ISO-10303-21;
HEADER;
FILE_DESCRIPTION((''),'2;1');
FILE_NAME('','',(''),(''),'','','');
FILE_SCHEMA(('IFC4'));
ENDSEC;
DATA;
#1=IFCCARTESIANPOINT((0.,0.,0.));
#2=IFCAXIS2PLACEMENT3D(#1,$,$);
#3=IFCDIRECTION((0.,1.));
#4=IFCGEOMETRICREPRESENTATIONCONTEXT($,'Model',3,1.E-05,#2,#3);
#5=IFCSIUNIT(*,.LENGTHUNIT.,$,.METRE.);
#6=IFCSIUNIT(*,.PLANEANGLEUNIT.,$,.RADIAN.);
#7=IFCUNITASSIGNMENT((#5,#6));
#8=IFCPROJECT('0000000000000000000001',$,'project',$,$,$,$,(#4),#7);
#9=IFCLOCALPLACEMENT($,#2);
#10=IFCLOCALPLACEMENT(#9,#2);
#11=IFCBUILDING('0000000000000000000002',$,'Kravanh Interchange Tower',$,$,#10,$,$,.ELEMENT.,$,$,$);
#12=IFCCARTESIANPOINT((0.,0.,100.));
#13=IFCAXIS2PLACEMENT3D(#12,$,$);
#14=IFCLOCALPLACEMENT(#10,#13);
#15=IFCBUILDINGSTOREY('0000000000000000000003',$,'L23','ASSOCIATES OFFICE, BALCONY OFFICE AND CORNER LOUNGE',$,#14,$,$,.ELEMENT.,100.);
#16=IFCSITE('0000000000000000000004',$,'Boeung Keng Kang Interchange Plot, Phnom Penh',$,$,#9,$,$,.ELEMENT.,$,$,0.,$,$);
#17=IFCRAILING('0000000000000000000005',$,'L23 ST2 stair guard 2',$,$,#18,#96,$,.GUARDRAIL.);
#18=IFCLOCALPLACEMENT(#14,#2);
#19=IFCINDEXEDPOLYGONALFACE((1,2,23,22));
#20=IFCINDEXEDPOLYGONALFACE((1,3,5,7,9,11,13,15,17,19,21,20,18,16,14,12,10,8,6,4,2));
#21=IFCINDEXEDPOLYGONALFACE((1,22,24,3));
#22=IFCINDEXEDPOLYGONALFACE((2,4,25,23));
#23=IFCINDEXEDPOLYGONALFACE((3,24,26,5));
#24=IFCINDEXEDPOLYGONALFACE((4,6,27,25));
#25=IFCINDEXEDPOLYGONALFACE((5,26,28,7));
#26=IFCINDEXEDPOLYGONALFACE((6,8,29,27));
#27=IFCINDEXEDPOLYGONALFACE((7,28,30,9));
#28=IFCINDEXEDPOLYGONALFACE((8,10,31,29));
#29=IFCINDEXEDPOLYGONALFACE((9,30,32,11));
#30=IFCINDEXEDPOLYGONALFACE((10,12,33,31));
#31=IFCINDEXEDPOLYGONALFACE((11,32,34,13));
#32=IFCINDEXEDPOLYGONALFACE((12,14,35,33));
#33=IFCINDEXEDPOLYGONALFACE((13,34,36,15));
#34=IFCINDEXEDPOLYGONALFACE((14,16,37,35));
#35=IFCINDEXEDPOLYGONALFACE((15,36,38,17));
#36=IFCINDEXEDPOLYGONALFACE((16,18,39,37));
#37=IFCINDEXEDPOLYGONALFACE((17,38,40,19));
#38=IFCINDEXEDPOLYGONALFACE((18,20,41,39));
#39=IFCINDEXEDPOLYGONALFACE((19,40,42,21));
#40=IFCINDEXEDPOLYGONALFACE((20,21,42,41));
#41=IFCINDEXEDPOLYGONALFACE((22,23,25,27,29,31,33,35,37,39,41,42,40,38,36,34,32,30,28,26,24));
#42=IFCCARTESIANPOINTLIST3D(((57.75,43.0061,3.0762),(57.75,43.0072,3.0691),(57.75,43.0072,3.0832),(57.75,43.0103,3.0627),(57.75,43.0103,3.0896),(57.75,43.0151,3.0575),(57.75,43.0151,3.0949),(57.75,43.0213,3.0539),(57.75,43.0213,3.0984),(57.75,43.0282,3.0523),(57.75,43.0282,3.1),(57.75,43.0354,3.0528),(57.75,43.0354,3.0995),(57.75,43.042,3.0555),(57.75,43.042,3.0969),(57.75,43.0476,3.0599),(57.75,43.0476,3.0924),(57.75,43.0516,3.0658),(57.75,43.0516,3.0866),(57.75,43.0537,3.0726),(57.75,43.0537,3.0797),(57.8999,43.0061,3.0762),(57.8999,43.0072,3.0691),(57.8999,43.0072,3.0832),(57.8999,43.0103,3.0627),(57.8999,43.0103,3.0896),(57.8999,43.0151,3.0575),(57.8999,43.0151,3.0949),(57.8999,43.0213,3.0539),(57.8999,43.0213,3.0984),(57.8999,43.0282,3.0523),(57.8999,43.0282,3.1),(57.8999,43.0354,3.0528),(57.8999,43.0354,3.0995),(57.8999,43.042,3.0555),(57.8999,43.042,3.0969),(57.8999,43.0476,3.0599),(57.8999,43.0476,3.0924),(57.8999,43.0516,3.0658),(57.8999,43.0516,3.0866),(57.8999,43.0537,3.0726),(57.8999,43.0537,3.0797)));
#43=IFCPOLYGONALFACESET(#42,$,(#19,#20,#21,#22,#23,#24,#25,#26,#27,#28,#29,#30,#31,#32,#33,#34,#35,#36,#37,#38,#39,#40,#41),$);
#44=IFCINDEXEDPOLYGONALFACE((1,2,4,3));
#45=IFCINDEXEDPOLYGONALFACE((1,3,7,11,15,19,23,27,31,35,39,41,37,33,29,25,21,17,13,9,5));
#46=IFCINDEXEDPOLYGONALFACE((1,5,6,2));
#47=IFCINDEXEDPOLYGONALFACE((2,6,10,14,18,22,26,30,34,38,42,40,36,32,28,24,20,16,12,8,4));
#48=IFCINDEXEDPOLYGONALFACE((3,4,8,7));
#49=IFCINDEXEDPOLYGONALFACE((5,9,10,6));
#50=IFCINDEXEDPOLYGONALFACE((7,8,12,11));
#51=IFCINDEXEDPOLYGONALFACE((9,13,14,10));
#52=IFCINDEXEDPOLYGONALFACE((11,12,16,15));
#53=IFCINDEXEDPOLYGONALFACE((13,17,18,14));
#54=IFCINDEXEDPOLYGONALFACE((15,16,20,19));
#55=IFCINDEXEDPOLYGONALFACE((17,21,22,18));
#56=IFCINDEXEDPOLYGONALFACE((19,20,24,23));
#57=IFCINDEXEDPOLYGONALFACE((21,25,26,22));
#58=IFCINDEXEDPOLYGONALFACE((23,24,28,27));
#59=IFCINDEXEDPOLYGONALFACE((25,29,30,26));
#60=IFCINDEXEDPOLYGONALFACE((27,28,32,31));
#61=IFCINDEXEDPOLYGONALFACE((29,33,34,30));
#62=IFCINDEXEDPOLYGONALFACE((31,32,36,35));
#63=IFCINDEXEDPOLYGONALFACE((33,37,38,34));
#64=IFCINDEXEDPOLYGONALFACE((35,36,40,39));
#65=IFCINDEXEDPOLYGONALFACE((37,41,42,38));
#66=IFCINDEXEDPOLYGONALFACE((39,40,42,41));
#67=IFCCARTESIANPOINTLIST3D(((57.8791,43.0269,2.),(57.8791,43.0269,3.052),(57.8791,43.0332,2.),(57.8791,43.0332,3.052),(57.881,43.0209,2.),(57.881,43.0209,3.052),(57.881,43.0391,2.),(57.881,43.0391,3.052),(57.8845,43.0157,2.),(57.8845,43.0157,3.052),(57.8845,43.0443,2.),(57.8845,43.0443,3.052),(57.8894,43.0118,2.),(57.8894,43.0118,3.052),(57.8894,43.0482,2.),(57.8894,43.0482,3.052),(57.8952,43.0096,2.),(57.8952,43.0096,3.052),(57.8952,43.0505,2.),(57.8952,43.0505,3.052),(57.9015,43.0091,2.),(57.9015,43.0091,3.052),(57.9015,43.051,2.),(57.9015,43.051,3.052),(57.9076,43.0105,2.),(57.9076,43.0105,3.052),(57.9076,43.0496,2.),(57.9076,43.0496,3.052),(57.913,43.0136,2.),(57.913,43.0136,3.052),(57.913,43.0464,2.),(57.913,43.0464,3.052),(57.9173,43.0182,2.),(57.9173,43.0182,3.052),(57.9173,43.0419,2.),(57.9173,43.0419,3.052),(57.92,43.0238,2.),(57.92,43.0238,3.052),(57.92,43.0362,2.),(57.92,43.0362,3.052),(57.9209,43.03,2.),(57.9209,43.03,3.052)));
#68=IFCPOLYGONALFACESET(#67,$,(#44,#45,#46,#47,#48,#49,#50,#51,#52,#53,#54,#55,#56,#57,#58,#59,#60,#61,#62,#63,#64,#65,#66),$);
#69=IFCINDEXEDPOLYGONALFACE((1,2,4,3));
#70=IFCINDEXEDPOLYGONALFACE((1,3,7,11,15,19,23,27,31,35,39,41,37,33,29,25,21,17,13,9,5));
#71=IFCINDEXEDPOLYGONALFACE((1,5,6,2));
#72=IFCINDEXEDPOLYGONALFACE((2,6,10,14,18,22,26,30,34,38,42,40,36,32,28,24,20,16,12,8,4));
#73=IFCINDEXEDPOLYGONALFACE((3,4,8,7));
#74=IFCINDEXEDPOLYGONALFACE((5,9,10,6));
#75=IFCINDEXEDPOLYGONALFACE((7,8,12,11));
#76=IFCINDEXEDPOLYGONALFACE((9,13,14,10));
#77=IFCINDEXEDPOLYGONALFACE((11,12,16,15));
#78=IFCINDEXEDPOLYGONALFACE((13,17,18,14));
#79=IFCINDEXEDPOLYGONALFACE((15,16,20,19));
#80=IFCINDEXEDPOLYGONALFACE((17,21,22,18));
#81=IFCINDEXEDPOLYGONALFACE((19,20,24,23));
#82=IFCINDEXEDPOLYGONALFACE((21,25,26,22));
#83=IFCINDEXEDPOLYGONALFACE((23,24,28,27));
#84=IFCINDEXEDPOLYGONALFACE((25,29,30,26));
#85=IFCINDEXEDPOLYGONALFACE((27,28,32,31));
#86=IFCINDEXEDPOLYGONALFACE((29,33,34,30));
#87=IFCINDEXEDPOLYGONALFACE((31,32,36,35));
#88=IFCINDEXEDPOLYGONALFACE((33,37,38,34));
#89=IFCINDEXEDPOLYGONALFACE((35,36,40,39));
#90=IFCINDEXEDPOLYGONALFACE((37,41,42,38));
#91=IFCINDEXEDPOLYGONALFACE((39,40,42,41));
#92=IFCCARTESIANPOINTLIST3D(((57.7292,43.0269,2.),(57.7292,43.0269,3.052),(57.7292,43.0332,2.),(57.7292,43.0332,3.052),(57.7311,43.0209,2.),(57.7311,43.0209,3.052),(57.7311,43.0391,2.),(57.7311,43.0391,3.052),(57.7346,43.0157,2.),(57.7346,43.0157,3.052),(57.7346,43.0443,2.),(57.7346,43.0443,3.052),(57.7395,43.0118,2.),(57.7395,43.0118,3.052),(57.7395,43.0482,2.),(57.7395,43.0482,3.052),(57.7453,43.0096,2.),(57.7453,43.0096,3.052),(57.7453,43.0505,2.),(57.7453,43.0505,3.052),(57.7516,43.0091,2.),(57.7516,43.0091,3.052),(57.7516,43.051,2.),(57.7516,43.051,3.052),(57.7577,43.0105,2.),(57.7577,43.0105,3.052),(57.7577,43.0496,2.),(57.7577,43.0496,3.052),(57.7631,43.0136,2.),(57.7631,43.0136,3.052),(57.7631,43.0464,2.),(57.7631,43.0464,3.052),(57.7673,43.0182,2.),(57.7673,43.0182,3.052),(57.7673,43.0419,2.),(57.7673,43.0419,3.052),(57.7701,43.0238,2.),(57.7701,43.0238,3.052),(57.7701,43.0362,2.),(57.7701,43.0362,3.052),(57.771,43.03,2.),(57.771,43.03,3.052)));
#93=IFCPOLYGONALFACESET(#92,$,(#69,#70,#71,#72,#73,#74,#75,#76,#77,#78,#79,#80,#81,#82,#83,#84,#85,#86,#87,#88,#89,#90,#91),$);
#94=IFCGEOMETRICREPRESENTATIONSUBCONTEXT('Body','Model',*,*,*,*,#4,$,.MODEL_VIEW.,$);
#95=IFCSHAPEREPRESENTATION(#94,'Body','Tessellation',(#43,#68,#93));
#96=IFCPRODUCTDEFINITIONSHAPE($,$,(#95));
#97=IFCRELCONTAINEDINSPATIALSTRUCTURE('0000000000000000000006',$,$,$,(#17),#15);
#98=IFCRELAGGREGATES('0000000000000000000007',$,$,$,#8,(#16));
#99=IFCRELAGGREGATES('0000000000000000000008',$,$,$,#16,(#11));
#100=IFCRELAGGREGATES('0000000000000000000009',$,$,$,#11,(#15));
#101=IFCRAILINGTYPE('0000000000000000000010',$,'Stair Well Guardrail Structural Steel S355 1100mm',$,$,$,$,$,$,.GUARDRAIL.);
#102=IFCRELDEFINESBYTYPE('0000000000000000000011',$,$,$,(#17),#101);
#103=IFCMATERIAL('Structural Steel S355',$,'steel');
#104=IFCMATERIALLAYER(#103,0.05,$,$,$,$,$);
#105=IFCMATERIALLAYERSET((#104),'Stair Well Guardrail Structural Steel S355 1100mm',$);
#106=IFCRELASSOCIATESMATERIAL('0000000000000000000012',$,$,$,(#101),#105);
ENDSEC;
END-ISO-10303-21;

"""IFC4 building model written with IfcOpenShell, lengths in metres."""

from ifc_helpers import new_model, si_unit, direction, frame, origin, origin_2d, place, context, subcontext, project, spatial, circle, extrude, material, layer, layer_set, type_object, element, save


model = new_model("IFC4")

# Units and contexts
model_context = context("Model", 3, precision=1e-05, world=origin(), true_north=direction((0.0, 1.0)))
body_context = subcontext(model_context, "Body", "Model", "MODEL_VIEW")
ifc_project = project(units=[si_unit("LENGTHUNIT", "METRE"), si_unit("PLANEANGLEUNIT", "RADIAN")], contexts=[model_context])

# Site, building, storey
site_placement = place(None, origin())
site = spatial("IfcSite", under=ifc_project, at=site_placement, Name="Boeung Keng Kang Interchange Plot, Phnom Penh", CompositionType="ELEMENT", RefElevation=0.0)
building_placement = place(site_placement, origin())
building = spatial("IfcBuilding", under=site, at=building_placement, Name="Kravanh Interchange Tower", CompositionType="ELEMENT")
storey_placement = place(building_placement, frame((0.0, 0.0, 100.0)))
storey = spatial("IfcBuildingStorey", under=building, at=storey_placement, Name="L23", Description="ASSOCIATES OFFICE, BALCONY OFFICE AND CORNER LOUNGE", CompositionType="ELEMENT", Elevation=100.0)

# Railing
ifc_material_1 = material(Name="Structural Steel S355", Category="steel")
ifc_layer_1 = layer(ifc_material_1, 0.05)
ifc_layer_set_1 = layer_set([ifc_layer_1], Name="Stair Well Guardrail Structural Steel S355 1100mm")
railing_type_1 = type_object("IfcRailingType", Name="Stair Well Guardrail Structural Steel S355 1100mm", PredefinedType="GUARDRAIL", material=ifc_layer_set_1)
railing_1_placement = place(storey_placement, frame((57.8999, 43.03, 2.0)))
element("IfcRailing", 1, at=railing_1_placement, inside=storey, type_object=railing_type_1, Name="L23 ST2 stair guard 2", PredefinedType="GUARDRAIL", context=body_context, shape_type="SweptSolid", body=[
    extrude(circle(Radius=0.0239, at=origin_2d()), frame((0.0, 0.0, 1.0762), z_axis=(-1.0, 0.0, 0.0), x_axis=(0.0, -1.0, 0.0)), (0.0, 0.0, 1.0), 0.1499),
    extrude(circle(Radius=0.021, at=origin_2d()), origin(), (0.0, 0.0, 1.0), 1.052),
    extrude(circle(Radius=0.021, at=origin_2d()), frame((-0.1499, 0.0, 0.0)), (0.0, 0.0, 1.0), 1.052),
])

save(model, "model.ifc")
